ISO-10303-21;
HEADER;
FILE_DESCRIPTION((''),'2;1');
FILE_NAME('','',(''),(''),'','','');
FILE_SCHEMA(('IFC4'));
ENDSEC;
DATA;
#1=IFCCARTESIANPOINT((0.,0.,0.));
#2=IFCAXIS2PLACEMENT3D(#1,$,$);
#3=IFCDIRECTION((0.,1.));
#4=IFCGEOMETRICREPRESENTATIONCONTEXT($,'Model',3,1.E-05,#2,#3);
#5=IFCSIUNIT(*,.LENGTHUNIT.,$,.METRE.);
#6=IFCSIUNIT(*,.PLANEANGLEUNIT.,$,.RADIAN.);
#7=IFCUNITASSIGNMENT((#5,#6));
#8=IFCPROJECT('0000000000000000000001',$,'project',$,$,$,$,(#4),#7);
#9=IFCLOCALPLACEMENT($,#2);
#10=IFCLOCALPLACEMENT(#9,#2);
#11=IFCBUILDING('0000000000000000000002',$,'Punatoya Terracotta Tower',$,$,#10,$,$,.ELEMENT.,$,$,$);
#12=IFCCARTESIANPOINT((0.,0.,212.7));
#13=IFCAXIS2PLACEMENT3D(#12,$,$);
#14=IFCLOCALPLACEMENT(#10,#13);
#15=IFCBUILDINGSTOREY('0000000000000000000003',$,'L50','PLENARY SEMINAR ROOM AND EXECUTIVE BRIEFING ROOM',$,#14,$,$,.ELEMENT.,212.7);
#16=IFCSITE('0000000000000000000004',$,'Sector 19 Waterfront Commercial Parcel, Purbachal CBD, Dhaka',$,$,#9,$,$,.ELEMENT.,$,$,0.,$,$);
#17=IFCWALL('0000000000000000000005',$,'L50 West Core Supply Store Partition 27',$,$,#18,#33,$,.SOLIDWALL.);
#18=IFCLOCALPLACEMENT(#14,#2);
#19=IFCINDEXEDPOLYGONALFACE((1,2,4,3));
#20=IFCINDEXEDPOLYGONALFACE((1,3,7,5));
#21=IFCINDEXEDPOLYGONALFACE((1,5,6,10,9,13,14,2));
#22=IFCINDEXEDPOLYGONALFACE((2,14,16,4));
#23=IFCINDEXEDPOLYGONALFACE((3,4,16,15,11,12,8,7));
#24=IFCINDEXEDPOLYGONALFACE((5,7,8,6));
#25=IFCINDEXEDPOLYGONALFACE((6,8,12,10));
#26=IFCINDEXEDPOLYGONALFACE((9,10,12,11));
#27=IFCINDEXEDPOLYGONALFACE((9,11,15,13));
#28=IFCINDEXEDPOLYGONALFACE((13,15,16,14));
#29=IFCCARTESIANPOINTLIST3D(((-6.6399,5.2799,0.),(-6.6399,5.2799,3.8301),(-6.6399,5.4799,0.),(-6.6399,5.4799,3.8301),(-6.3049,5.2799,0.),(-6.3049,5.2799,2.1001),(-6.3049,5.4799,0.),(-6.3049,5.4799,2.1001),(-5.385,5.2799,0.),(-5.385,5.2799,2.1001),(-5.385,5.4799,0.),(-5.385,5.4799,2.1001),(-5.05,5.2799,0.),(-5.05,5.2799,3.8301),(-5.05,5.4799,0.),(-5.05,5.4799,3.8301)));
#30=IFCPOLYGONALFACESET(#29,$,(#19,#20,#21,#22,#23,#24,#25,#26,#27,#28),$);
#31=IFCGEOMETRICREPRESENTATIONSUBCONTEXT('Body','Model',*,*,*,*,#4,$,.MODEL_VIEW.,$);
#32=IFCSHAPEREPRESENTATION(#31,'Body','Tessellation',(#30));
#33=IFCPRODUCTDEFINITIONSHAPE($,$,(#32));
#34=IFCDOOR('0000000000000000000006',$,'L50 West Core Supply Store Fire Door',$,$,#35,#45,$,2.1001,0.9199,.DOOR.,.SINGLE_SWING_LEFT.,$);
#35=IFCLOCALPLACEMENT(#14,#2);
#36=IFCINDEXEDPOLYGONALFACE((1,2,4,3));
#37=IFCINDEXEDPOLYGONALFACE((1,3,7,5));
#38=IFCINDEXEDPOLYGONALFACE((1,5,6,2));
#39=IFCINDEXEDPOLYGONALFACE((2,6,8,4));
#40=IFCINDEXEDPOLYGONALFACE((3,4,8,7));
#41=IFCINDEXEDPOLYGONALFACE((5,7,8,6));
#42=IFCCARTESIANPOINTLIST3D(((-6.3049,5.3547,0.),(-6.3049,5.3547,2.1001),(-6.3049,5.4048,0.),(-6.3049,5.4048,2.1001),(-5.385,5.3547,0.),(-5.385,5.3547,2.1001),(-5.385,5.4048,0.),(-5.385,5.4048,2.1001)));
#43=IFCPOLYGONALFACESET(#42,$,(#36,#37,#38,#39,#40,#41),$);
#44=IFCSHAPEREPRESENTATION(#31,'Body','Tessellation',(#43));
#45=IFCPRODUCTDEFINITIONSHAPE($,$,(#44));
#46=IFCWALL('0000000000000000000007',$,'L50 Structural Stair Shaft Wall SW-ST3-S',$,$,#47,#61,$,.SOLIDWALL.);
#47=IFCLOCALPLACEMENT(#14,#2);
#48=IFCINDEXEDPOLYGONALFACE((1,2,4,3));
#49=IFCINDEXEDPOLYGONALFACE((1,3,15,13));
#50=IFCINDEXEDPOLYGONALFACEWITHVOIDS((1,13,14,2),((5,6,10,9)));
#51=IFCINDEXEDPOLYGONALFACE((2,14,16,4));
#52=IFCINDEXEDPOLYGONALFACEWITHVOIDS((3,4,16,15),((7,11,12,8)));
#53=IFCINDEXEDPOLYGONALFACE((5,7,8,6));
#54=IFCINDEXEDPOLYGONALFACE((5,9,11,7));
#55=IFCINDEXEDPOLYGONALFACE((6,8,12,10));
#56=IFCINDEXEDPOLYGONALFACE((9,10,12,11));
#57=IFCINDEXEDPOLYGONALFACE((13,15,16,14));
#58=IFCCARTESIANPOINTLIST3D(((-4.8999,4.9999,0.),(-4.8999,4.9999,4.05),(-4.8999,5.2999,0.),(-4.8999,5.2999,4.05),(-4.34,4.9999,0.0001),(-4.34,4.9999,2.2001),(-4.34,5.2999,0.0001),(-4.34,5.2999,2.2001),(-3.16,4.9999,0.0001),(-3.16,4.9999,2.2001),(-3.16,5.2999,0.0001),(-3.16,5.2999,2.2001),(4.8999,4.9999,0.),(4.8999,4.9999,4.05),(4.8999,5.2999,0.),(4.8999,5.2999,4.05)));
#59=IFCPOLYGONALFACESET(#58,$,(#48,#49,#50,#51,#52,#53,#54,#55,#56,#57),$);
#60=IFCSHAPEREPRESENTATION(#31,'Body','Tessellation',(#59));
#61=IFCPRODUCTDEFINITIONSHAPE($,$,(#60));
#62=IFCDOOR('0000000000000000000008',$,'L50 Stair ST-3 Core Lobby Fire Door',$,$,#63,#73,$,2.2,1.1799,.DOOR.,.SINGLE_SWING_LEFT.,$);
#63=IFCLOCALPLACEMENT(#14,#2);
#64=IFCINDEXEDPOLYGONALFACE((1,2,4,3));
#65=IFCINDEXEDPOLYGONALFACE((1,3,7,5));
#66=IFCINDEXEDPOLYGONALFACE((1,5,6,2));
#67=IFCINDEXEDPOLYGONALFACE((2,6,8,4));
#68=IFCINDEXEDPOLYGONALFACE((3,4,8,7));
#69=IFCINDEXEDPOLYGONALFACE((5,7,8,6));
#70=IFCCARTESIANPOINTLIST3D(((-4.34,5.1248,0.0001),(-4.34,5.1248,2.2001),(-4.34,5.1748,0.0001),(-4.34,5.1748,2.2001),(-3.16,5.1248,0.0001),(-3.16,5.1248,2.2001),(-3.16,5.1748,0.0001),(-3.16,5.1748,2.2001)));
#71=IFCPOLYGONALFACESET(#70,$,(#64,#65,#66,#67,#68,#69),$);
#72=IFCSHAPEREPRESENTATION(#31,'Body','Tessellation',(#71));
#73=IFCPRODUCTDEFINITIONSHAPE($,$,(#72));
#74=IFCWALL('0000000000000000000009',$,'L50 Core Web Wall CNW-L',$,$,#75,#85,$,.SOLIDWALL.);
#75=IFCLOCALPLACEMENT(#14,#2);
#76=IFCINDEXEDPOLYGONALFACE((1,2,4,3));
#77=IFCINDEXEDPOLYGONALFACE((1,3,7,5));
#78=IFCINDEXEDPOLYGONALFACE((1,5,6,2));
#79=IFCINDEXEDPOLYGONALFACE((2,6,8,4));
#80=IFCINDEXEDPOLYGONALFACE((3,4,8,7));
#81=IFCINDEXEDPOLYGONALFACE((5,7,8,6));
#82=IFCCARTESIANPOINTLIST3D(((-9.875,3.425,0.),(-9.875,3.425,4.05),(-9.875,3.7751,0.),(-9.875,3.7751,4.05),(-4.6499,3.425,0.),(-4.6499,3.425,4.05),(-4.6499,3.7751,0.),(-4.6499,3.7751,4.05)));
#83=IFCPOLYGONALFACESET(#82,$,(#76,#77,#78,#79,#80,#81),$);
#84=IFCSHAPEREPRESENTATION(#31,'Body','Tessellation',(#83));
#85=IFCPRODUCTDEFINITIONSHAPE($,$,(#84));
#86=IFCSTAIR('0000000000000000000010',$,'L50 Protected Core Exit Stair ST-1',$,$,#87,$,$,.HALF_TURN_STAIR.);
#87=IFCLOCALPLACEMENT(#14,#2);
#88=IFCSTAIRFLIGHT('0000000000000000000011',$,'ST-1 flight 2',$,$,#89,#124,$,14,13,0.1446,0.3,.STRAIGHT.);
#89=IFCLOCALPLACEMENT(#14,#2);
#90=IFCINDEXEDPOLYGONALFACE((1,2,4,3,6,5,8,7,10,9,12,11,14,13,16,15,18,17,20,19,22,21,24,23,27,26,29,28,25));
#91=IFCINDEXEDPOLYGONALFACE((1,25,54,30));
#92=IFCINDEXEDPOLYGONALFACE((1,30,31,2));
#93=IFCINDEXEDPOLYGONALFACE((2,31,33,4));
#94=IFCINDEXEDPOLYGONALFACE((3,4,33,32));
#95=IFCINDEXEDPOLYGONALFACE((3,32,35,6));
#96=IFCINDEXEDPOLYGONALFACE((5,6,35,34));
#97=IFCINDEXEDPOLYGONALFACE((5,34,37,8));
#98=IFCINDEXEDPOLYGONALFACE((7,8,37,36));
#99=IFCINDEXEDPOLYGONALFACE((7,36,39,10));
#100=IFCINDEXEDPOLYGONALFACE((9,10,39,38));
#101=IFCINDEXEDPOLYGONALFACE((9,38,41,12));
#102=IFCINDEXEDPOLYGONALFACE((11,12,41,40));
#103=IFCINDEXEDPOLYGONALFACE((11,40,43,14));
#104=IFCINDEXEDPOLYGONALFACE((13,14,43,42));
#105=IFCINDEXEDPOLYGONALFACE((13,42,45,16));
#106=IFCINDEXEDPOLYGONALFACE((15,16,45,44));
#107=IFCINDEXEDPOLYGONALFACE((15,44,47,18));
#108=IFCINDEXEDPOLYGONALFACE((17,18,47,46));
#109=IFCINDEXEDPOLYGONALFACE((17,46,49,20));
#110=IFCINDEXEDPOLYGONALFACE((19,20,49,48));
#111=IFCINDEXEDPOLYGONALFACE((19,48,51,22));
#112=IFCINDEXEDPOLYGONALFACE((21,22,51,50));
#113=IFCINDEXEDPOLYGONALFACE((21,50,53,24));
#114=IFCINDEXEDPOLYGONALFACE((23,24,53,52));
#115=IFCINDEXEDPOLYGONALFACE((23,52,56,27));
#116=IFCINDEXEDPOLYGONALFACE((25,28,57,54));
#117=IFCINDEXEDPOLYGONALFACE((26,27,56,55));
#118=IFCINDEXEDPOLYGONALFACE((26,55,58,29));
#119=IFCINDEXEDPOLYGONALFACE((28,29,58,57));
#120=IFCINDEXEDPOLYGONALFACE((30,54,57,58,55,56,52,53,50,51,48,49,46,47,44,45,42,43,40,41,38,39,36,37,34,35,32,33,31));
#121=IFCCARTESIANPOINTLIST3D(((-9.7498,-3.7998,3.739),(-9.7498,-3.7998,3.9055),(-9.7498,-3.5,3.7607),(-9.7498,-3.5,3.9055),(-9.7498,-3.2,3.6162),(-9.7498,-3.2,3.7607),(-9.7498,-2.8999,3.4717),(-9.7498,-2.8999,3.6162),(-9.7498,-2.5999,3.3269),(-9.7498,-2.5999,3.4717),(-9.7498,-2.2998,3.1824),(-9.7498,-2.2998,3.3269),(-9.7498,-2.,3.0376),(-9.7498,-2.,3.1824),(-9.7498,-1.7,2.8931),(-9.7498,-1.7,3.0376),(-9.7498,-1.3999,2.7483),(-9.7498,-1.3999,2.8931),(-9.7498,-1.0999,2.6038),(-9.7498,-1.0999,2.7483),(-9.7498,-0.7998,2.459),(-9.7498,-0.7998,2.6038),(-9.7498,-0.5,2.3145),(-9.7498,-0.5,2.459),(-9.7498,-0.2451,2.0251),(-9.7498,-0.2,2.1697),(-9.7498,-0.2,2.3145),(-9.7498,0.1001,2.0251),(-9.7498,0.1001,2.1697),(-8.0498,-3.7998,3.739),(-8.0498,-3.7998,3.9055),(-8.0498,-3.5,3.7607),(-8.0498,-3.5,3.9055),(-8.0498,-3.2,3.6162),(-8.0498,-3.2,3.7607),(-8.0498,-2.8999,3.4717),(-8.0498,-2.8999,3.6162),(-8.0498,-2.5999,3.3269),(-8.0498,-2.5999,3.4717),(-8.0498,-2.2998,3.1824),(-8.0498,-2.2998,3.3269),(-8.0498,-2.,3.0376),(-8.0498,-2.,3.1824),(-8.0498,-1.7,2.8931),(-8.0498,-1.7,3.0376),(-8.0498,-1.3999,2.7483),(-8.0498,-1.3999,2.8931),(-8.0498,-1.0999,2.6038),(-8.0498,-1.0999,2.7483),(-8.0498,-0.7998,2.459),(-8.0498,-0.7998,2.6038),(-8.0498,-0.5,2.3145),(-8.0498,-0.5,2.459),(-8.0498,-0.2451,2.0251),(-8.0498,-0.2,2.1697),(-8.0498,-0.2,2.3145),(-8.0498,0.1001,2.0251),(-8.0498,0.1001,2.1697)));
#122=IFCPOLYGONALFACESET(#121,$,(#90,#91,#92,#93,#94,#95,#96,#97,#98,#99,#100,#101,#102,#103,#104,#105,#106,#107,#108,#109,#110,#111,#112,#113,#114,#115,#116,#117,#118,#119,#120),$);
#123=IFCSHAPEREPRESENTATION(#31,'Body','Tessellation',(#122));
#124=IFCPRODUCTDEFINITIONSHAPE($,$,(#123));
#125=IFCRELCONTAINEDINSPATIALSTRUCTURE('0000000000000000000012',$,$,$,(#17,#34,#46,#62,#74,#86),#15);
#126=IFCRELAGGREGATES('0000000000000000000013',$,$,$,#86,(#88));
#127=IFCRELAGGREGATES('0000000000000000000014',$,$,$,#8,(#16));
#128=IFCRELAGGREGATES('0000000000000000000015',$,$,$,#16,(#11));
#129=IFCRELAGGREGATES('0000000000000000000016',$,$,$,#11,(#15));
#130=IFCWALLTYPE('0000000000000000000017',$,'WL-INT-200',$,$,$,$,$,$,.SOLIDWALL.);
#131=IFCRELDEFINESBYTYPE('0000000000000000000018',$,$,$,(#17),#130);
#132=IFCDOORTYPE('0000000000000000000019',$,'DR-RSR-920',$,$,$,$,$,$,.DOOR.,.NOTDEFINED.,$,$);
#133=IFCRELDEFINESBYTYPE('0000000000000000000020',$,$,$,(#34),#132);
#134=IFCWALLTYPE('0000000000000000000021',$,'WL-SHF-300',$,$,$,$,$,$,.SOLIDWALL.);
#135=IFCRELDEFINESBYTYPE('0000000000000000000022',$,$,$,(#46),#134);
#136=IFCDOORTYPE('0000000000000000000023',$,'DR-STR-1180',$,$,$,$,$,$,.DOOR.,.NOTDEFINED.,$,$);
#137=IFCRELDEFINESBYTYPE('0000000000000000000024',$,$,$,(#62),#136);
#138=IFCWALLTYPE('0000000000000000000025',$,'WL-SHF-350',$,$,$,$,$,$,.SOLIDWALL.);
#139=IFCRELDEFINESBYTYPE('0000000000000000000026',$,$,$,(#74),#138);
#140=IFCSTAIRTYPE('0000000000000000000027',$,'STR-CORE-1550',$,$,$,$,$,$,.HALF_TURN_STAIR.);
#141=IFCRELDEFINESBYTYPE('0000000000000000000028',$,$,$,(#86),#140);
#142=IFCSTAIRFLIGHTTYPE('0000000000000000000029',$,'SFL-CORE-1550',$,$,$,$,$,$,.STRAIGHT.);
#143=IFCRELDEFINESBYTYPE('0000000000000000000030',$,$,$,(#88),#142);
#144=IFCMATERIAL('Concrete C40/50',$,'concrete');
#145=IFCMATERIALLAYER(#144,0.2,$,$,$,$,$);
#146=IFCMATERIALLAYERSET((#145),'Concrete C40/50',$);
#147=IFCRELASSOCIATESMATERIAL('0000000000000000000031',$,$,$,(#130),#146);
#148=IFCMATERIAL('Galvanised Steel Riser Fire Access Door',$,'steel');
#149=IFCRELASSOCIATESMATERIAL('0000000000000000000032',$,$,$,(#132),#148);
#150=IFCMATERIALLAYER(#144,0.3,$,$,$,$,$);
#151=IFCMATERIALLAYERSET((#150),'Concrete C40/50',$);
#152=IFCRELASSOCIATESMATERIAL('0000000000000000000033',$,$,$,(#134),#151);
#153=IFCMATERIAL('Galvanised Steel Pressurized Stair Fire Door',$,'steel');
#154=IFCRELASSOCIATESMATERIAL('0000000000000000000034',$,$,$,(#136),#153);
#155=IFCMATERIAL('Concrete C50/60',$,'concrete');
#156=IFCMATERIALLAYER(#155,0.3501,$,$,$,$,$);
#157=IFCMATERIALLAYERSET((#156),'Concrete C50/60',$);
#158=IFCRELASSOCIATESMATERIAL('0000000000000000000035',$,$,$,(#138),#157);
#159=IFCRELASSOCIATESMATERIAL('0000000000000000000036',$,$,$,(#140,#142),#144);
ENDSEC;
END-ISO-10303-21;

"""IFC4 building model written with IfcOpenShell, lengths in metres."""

from ifc_helpers import new_model, si_unit, direction, frame, frame_2d, origin, place, context, subcontext, project, spatial, polyline, rectangle, outline, extrude, material, layer, layer_set, type_object, element, fill, aggregate, save


model = new_model("IFC4")

# Units and contexts
model_context = context("Model", 3, precision=1e-05, world=origin(), true_north=direction((0.0, 1.0)))
body_context = subcontext(model_context, "Body", "Model", "MODEL_VIEW")
ifc_project = project(units=[si_unit("LENGTHUNIT", "METRE"), si_unit("PLANEANGLEUNIT", "RADIAN")], contexts=[model_context])

# Site, building, storey
site_placement = place(None, origin())
site = spatial("IfcSite", under=ifc_project, at=site_placement, Name="Sector 19 Waterfront Commercial Parcel, Purbachal CBD, Dhaka", CompositionType="ELEMENT", RefElevation=0.0)
building_placement = place(site_placement, origin())
building = spatial("IfcBuilding", under=site, at=building_placement, Name="Punatoya Terracotta Tower", CompositionType="ELEMENT")
storey_placement = place(building_placement, frame((0.0, 0.0, 212.7)))
storey = spatial("IfcBuildingStorey", under=building, at=storey_placement, Name="L50", Description="PLENARY SEMINAR ROOM AND EXECUTIVE BRIEFING ROOM", CompositionType="ELEMENT", Elevation=212.7)

# Walls, openings, doors
ifc_material_1 = material(Name="Concrete C40/50", Category="concrete")
ifc_layer_1 = layer(ifc_material_1, 0.2)
ifc_layer_set_1 = layer_set([ifc_layer_1], Name="Concrete C40/50")
wall_type_1 = type_object("IfcWallType", Name="WL-INT-200", PredefinedType="SOLIDWALL", material=ifc_layer_set_1)
wall_1_placement = place(storey_placement, frame((-6.6399, 5.3799, 0.0), z_axis=(0.0, 0.0, 1.0), x_axis=(1.0, 0.0, 0.0)))
wall_1 = element("IfcWall", 1, at=wall_1_placement, inside=storey, type_object=wall_type_1, Name="L50 West Core Supply Store Partition 27", PredefinedType="SOLIDWALL", context=body_context, shape_type="SweptSolid", body=[
    extrude(rectangle(XDim=1.5898, YDim=0.2, at=frame_2d((0.7949, 0.0))), origin(), (0.0, 0.0, 1.0), 3.8301),
])
opening_1_placement = place(wall_1_placement, frame((0.335, 0.0, 0.0)))
opening_1 = element("IfcOpeningElement", 2, at=opening_1_placement, cuts=wall_1, PredefinedType="OPENING", context=body_context, shape_type="SweptSolid", body=[
    extrude(rectangle(XDim=0.9199, YDim=2.1001, at=frame_2d((0.46, 1.05))), frame((0.0, 0.1099, 0.0), z_axis=(0.0, -1.0, 0.0), x_axis=(1.0, 0.0, 0.0)), (0.0, 0.0, 1.0), 0.22),
])
ifc_material_2 = material(Name="Galvanised Steel Riser Fire Access Door", Category="steel")
door_type_1 = type_object("IfcDoorType", Name="DR-RSR-920", OperationType="NOTDEFINED", PredefinedType="DOOR", material=ifc_material_2)
door_1_placement = place(opening_1_placement, origin())
door_1 = element("IfcDoor", 3, at=door_1_placement, inside=storey, type_object=door_type_1, Name="L50 West Core Supply Store Fire Door", OperationType="SINGLE_SWING_LEFT", OverallHeight=2.1001, OverallWidth=0.9199, PredefinedType="DOOR", context=body_context, shape_type="SweptSolid", body=[
    extrude(rectangle(XDim=0.9199, YDim=2.1001, at=frame_2d((0.46, 1.05))), frame((0.0, 0.0249, 0.0), z_axis=(0.0, -1.0, 0.0), x_axis=(1.0, 0.0, 0.0)), (0.0, 0.0, 1.0), 0.05),
])
fill(opening_1, door_1)
ifc_layer_2 = layer(ifc_material_1, 0.3)
ifc_layer_set_2 = layer_set([ifc_layer_2], Name="Concrete C40/50")
wall_type_2 = type_object("IfcWallType", Name="WL-SHF-300", PredefinedType="SOLIDWALL", material=ifc_layer_set_2)
wall_2_placement = place(storey_placement, frame((-4.8999, 5.1499, 0.0), z_axis=(0.0, 0.0, 1.0), x_axis=(1.0, 0.0, 0.0)))
wall_2 = element("IfcWall", 4, at=wall_2_placement, inside=storey, type_object=wall_type_2, Name="L50 Structural Stair Shaft Wall SW-ST3-S", PredefinedType="SOLIDWALL", context=body_context, shape_type="SweptSolid", body=[
    extrude(rectangle(XDim=9.7998, YDim=0.3, at=frame_2d((4.8999, 0.0))), origin(), (0.0, 0.0, 1.0), 4.05),
])
opening_2_placement = place(wall_2_placement, frame((0.5601, 0.0, 0.0)))
opening_2 = element("IfcOpeningElement", 5, at=opening_2_placement, cuts=wall_2, PredefinedType="OPENING", context=body_context, shape_type="SweptSolid", body=[
    extrude(rectangle(XDim=1.1799, YDim=2.2, at=frame_2d((0.5898, 1.1001))), frame((0.0, 0.1599, 0.0), z_axis=(0.0, -1.0, 0.0), x_axis=(1.0, 0.0, 0.0)), (0.0, 0.0, 1.0), 0.3201),
])
ifc_material_3 = material(Name="Galvanised Steel Pressurized Stair Fire Door", Category="steel")
door_type_2 = type_object("IfcDoorType", Name="DR-STR-1180", OperationType="NOTDEFINED", PredefinedType="DOOR", material=ifc_material_3)
door_2_placement = place(opening_2_placement, origin())
door_2 = element("IfcDoor", 6, at=door_2_placement, inside=storey, type_object=door_type_2, Name="L50 Stair ST-3 Core Lobby Fire Door", OperationType="SINGLE_SWING_LEFT", OverallHeight=2.2, OverallWidth=1.1799, PredefinedType="DOOR", context=body_context, shape_type="SweptSolid", body=[
    extrude(rectangle(XDim=1.1799, YDim=2.2, at=frame_2d((0.5898, 1.1001))), frame((0.0, 0.0249, 0.0), z_axis=(0.0, -1.0, 0.0), x_axis=(1.0, 0.0, 0.0)), (0.0, 0.0, 1.0), 0.05),
])
fill(opening_2, door_2)

# Wall
ifc_material_4 = material(Name="Concrete C50/60", Category="concrete")
ifc_layer_3 = layer(ifc_material_4, 0.3501)
ifc_layer_set_3 = layer_set([ifc_layer_3], Name="Concrete C50/60")
wall_type_3 = type_object("IfcWallType", Name="WL-SHF-350", PredefinedType="SOLIDWALL", material=ifc_layer_set_3)
wall_3_placement = place(storey_placement, frame((-9.875, 3.6001, 0.0), z_axis=(0.0, 0.0, 1.0), x_axis=(1.0, 0.0, 0.0)))
element("IfcWall", 7, at=wall_3_placement, inside=storey, type_object=wall_type_3, Name="L50 Core Web Wall CNW-L", PredefinedType="SOLIDWALL", context=body_context, shape_type="SweptSolid", body=[
    extrude(rectangle(XDim=5.2251, YDim=0.3501, at=frame_2d((2.6125, 0.0))), origin(), (0.0, 0.0, 1.0), 4.05),
])

# Stair, stair flight
stair_type = type_object("IfcStairType", Name="STR-CORE-1550", PredefinedType="HALF_TURN_STAIR", material=ifc_material_1)
stair_placement = place(storey_placement, origin())
stair = element("IfcStair", 8, at=stair_placement, inside=storey, type_object=stair_type, Name="L50 Protected Core Exit Stair ST-1", PredefinedType="HALF_TURN_STAIR")
stair_flight_type = type_object("IfcStairFlightType", Name="SFL-CORE-1550", PredefinedType="STRAIGHT", material=ifc_material_1)
stair_flight_placement = place(storey_placement, frame((-8.8999, 0.1001, 2.0251), z_axis=(0.0, 0.0, 1.0), x_axis=(0.0, -1.0, 0.0)))
stair_flight = element("IfcStairFlight", 9, at=stair_flight_placement, type_object=stair_flight_type, Name="ST-1 flight 2", NumberOfRisers=14, NumberOfTreads=13, PredefinedType="STRAIGHT", RiserHeight=0.1446, TreadLength=0.3, context=body_context, shape_type="SweptSolid", body=[
    extrude(outline(polyline([(0.0, 0.0), (0.0, 0.1445), (0.3, 0.1445), (0.3, 0.2893), (0.6001, 0.2893), (0.6001, 0.4338), (0.8999, 0.4338), (0.8999, 0.5786), (1.2, 0.5786), (1.2, 0.7231), (1.5, 0.7231), (1.5, 0.8679), (1.8, 0.8679), (1.8, 1.0125), (2.1001, 1.0125), (2.1001, 1.1572), (2.3999, 1.1572), (2.3999, 1.3018), (2.7, 1.3018), (2.7, 1.4465), (3.0, 1.4465), (3.0, 1.5911), (3.3, 1.5911), (3.3, 1.7356), (3.6001, 1.7356), (3.6001, 1.8804), (3.8999, 1.8804), (3.8999, 2.0249), (3.8999, 1.7139), (0.3452, 0.0), (0.0, 0.0)])), frame((0.0, 0.8501, 0.0), z_axis=(0.0, -1.0, 0.0), x_axis=(1.0, 0.0, 0.0)), (0.0, 0.0, 1.0), 1.7),
])
aggregate(stair, [stair_flight])

save(model, "model.ifc")
